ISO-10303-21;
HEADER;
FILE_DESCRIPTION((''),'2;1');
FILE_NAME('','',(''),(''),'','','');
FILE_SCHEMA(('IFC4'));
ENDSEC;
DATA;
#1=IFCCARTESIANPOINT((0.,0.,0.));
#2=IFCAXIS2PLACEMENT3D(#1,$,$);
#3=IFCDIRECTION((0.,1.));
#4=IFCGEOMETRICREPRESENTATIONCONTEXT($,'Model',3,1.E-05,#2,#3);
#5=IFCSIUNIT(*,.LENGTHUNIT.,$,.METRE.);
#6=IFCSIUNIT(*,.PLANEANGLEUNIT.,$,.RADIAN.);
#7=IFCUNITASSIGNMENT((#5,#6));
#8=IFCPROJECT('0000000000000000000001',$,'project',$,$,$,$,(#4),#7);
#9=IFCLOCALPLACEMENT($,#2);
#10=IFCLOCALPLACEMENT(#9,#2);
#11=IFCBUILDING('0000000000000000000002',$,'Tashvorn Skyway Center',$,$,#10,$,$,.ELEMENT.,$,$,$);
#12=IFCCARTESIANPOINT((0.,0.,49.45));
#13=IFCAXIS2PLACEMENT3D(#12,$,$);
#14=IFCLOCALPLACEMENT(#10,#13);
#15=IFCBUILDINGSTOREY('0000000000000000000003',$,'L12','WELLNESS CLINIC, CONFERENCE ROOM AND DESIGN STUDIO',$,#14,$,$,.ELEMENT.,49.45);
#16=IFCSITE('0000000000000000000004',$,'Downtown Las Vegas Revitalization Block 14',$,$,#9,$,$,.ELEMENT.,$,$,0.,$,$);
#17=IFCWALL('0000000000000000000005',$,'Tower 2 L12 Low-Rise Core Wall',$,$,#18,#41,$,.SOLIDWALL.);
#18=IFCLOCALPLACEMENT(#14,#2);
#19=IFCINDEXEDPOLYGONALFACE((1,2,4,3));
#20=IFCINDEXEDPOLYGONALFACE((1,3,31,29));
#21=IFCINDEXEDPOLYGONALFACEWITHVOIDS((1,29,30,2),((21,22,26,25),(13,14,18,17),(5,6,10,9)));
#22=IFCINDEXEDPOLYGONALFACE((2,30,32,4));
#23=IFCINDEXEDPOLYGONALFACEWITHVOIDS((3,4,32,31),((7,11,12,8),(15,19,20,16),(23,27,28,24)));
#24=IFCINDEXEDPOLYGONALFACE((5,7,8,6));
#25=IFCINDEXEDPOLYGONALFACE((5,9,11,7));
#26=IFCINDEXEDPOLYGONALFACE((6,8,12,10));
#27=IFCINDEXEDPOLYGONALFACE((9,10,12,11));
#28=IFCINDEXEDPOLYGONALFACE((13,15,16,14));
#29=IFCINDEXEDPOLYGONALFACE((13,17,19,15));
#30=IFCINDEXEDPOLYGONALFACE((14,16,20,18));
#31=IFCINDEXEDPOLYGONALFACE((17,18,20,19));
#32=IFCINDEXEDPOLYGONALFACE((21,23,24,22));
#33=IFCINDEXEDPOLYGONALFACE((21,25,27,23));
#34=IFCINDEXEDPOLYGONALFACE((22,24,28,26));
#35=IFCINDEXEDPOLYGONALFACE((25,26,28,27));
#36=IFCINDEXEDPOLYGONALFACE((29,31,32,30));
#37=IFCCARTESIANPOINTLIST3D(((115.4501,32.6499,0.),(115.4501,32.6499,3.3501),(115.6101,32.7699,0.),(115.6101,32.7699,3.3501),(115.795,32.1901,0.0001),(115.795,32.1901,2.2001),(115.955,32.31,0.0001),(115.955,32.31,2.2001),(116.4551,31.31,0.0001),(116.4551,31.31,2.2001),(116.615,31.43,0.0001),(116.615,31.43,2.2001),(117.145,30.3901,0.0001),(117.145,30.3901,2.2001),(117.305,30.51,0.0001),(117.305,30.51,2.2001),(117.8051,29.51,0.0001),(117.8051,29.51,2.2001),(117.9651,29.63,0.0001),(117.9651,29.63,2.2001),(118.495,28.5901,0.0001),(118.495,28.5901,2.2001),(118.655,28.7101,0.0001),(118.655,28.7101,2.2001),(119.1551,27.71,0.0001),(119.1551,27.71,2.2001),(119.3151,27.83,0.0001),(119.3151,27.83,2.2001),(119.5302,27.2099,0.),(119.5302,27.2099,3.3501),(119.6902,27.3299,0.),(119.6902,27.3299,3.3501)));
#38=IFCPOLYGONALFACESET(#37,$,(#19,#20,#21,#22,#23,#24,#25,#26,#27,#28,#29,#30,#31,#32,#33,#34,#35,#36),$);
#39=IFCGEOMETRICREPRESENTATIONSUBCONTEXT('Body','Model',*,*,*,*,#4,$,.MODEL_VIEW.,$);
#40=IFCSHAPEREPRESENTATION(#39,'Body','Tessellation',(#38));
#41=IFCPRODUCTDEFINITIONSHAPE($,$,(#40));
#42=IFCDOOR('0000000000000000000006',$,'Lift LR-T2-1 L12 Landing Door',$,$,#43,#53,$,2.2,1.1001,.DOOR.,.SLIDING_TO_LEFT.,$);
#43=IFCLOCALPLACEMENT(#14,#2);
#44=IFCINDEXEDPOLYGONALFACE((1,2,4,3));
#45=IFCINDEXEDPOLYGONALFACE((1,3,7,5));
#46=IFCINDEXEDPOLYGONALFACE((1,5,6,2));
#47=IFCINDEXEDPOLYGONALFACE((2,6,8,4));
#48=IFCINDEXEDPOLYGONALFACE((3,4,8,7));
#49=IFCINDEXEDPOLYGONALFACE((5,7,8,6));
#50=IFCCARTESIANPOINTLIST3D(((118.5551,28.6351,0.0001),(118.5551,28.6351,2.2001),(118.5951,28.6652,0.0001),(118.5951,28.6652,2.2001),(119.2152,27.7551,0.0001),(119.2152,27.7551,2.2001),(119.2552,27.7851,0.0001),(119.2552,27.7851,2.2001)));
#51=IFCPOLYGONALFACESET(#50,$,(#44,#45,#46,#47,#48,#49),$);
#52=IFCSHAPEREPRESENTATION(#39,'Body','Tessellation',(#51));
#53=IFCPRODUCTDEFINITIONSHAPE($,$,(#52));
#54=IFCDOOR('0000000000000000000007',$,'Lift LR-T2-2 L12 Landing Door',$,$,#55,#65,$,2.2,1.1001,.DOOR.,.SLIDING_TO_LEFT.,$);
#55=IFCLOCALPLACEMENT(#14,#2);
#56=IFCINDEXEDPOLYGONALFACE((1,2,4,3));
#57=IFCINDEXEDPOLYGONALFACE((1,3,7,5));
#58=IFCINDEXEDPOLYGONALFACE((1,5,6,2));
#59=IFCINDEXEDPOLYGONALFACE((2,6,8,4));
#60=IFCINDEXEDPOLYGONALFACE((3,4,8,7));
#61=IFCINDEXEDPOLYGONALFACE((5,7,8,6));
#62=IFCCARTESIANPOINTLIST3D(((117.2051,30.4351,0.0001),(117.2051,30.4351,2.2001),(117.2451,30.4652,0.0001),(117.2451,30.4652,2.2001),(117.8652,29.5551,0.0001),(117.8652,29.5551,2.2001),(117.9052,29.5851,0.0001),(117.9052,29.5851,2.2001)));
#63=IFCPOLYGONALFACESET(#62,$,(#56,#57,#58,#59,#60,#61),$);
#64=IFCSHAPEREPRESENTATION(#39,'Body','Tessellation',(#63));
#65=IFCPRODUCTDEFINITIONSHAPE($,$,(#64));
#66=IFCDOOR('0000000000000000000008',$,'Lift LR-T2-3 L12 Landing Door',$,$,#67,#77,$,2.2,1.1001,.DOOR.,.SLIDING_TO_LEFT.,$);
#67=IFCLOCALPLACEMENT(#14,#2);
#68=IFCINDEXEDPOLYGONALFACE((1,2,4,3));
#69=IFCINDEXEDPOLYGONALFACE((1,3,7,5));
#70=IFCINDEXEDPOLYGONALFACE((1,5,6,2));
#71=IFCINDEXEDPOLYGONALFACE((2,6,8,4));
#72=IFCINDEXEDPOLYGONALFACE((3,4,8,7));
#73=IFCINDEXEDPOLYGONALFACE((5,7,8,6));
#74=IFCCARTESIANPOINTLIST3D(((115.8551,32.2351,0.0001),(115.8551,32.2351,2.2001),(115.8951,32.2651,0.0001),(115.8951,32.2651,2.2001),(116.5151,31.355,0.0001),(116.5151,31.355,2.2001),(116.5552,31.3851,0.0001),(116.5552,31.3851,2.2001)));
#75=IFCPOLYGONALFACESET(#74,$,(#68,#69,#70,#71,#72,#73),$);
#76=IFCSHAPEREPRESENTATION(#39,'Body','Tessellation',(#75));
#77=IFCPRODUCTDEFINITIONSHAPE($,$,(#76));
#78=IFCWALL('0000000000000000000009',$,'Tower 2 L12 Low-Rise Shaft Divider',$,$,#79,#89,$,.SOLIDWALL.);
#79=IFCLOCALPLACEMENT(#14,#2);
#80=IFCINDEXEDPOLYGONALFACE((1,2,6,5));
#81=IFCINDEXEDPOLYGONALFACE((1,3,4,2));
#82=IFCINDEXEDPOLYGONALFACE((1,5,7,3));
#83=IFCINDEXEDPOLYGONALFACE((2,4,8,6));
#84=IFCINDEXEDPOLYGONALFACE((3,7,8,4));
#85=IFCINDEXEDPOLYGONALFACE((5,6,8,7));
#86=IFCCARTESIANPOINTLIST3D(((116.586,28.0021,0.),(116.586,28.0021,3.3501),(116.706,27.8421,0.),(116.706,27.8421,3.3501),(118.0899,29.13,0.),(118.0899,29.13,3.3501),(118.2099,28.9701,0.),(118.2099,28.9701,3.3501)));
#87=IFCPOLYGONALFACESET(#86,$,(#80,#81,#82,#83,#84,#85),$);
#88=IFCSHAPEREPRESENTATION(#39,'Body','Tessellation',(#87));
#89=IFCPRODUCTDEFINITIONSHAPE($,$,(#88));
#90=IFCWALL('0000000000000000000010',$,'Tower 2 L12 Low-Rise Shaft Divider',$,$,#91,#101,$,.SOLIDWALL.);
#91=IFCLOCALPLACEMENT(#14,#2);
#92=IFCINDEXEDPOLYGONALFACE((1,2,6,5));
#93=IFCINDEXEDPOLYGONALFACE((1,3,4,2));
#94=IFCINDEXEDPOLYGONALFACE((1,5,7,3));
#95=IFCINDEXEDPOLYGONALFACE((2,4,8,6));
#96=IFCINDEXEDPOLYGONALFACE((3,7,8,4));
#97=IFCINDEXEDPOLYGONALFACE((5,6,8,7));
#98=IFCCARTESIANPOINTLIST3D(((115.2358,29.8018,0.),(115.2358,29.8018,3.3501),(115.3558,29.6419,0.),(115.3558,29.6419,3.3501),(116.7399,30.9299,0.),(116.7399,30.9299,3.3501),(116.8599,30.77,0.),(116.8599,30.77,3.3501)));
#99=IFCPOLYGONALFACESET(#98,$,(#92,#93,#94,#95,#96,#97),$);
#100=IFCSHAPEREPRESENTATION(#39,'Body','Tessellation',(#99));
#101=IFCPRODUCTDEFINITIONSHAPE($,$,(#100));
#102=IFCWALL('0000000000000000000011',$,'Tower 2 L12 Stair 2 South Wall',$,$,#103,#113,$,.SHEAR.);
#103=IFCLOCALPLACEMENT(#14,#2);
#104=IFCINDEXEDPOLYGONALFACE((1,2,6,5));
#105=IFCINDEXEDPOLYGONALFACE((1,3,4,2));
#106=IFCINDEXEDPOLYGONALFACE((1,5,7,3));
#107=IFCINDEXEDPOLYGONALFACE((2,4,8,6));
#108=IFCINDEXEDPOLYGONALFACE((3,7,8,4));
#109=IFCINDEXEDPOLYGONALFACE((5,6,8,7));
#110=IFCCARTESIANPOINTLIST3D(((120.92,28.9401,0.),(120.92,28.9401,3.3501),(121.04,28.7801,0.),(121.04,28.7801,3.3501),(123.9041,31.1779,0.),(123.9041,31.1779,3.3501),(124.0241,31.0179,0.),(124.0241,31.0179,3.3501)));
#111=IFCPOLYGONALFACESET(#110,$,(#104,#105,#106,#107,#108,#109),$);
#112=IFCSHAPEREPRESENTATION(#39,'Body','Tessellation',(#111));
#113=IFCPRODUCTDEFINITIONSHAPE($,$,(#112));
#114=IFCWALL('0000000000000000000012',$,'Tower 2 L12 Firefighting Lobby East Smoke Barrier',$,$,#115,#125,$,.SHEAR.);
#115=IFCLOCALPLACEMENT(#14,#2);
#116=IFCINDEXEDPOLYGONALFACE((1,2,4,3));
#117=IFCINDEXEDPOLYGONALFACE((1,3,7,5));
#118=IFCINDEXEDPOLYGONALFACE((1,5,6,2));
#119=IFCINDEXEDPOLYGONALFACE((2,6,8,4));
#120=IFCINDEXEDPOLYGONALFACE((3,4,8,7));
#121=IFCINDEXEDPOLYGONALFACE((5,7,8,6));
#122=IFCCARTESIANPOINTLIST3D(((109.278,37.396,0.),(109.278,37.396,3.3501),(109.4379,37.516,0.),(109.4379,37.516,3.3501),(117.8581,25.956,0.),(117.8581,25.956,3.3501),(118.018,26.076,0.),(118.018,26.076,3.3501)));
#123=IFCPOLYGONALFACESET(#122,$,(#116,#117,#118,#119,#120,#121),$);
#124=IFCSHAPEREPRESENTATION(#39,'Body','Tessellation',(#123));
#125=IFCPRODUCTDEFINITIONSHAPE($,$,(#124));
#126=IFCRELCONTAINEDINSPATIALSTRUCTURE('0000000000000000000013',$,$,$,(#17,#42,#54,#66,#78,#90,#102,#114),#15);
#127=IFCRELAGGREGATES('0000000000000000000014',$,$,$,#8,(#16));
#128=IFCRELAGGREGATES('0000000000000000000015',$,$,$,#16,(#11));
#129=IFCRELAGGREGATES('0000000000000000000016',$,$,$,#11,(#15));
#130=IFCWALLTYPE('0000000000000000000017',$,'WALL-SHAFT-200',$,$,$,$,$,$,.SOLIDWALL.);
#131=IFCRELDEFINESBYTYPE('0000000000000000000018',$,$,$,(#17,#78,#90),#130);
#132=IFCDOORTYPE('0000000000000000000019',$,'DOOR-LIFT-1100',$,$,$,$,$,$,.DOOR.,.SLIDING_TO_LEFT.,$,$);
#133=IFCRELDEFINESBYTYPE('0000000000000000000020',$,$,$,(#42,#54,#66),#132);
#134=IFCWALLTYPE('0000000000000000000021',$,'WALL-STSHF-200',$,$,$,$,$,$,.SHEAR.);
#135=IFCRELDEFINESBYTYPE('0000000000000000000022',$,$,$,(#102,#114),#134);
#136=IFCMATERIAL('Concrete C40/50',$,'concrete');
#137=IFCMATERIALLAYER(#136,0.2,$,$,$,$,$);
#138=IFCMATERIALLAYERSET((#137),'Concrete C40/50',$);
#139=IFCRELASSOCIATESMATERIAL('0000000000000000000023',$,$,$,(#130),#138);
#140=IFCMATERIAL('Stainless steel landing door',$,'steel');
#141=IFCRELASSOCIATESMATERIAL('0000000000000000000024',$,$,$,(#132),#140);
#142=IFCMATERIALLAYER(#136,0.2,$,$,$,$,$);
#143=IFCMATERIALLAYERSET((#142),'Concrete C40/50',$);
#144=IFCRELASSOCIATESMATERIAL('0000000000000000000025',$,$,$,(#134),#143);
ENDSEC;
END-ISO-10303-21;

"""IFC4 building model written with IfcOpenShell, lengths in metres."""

from ifc_helpers import new_model, si_unit, direction, frame, frame_2d, origin, place, context, subcontext, project, spatial, rectangle, extrude, material, layer, layer_set, type_object, element, fill, save


model = new_model("IFC4")

# Units and contexts
model_context = context("Model", 3, precision=1e-05, world=origin(), true_north=direction((0.0, 1.0)))
body_context = subcontext(model_context, "Body", "Model", "MODEL_VIEW")
ifc_project = project(units=[si_unit("LENGTHUNIT", "METRE"), si_unit("PLANEANGLEUNIT", "RADIAN")], contexts=[model_context])

# Site, building, storey
site_placement = place(None, origin())
site = spatial("IfcSite", under=ifc_project, at=site_placement, Name="Downtown Las Vegas Revitalization Block 14", CompositionType="ELEMENT", RefElevation=0.0)
building_placement = place(site_placement, origin())
building = spatial("IfcBuilding", under=site, at=building_placement, Name="Tashvorn Skyway Center", CompositionType="ELEMENT")
storey_placement = place(building_placement, frame((0.0, 0.0, 49.45)))
storey = spatial("IfcBuildingStorey", under=building, at=storey_placement, Name="L12", Description="WELLNESS CLINIC, CONFERENCE ROOM AND DESIGN STUDIO", CompositionType="ELEMENT", Elevation=49.45)

# Shared definitions
ifc_material_1 = material(Name="Concrete C40/50", Category="concrete")

# Wall, openings, doors
ifc_layer_1 = layer(ifc_material_1, 0.2)
ifc_layer_set_1 = layer_set([ifc_layer_1], Name="Concrete C40/50")
wall_type_1 = type_object("IfcWallType", Name="WALL-SHAFT-200", PredefinedType="SOLIDWALL", material=ifc_layer_set_1)
wall_1_placement = place(storey_placement, frame((119.6101, 27.27, 0.0), z_axis=(0.0, 0.0, 1.0), x_axis=(-0.600011, 0.799991, 0.0)))
wall_1 = element("IfcWall", 1, at=wall_1_placement, inside=storey, type_object=wall_type_1, Name="Tower 2 L12 Low-Rise Core Wall", PredefinedType="SOLIDWALL", context=body_context, shape_type="SweptSolid", body=[
    extrude(rectangle(XDim=6.8, YDim=0.2, at=frame_2d((3.3999, 0.0))), origin(), (0.0, 0.0, 1.0), 3.3501),
])
opening_1_placement = place(wall_1_placement, frame((0.625, 0.0, 0.0)))
opening_1 = element("IfcOpeningElement", 2, at=opening_1_placement, cuts=wall_1, PredefinedType="OPENING", context=body_context, shape_type="SweptSolid", body=[
    extrude(rectangle(XDim=1.1001, YDim=2.2, at=frame_2d((0.55, 1.1001))), frame((0.0, 0.1099, 0.0), z_axis=(0.0, -1.0, 0.0), x_axis=(1.0, 0.0, 0.0)), (0.0, 0.0, 1.0), 0.22),
])
opening_2_placement = place(wall_1_placement, frame((2.875, 0.0, 0.0)))
opening_2 = element("IfcOpeningElement", 3, at=opening_2_placement, cuts=wall_1, PredefinedType="OPENING", context=body_context, shape_type="SweptSolid", body=[
    extrude(rectangle(XDim=1.1001, YDim=2.2, at=frame_2d((0.55, 1.1001))), frame((0.0, 0.1099, 0.0), z_axis=(0.0, -1.0, 0.0), x_axis=(1.0, 0.0, 0.0)), (0.0, 0.0, 1.0), 0.22),
])
opening_3_placement = place(wall_1_placement, frame((5.125, 0.0, 0.0)))
opening_3 = element("IfcOpeningElement", 4, at=opening_3_placement, cuts=wall_1, PredefinedType="OPENING", context=body_context, shape_type="SweptSolid", body=[
    extrude(rectangle(XDim=1.1001, YDim=2.2, at=frame_2d((0.55, 1.1001))), frame((0.0, 0.1099, 0.0), z_axis=(0.0, -1.0, 0.0), x_axis=(1.0, 0.0, 0.0)), (0.0, 0.0, 1.0), 0.22),
])
ifc_material_2 = material(Name="Stainless steel landing door", Category="steel")
door_type_1 = type_object("IfcDoorType", Name="DOOR-LIFT-1100", OperationType="SLIDING_TO_LEFT", PredefinedType="DOOR", material=ifc_material_2)
door_1_placement = place(opening_1_placement, origin())
door_1 = element("IfcDoor", 5, at=door_1_placement, inside=storey, type_object=door_type_1, Name="Lift LR-T2-1 L12 Landing Door", OperationType="SLIDING_TO_LEFT", OverallHeight=2.2, OverallWidth=1.1001, PredefinedType="DOOR", context=body_context, shape_type="SweptSolid", body=[
    extrude(rectangle(XDim=1.1001, YDim=2.2, at=frame_2d((0.55, 1.1001))), frame((0.0, 0.0249, 0.0), z_axis=(0.0, -1.0, 0.0), x_axis=(1.0, 0.0, 0.0)), (0.0, 0.0, 1.0), 0.05),
])
fill(opening_1, door_1)
door_2_placement = place(opening_2_placement, origin())
door_2 = element("IfcDoor", 6, at=door_2_placement, inside=storey, type_object=door_type_1, Name="Lift LR-T2-2 L12 Landing Door", OperationType="SLIDING_TO_LEFT", OverallHeight=2.2, OverallWidth=1.1001, PredefinedType="DOOR", context=body_context, shape_type="SweptSolid", body=[
    extrude(rectangle(XDim=1.1001, YDim=2.2, at=frame_2d((0.55, 1.1001))), frame((0.0, 0.0249, 0.0), z_axis=(0.0, -1.0, 0.0), x_axis=(1.0, 0.0, 0.0)), (0.0, 0.0, 1.0), 0.05),
])
fill(opening_2, door_2)
door_3_placement = place(opening_3_placement, origin())
door_3 = element("IfcDoor", 7, at=door_3_placement, inside=storey, type_object=door_type_1, Name="Lift LR-T2-3 L12 Landing Door", OperationType="SLIDING_TO_LEFT", OverallHeight=2.2, OverallWidth=1.1001, PredefinedType="DOOR", context=body_context, shape_type="SweptSolid", body=[
    extrude(rectangle(XDim=1.1001, YDim=2.2, at=frame_2d((0.55, 1.1001))), frame((0.0, 0.0249, 0.0), z_axis=(0.0, -1.0, 0.0), x_axis=(1.0, 0.0, 0.0)), (0.0, 0.0, 1.0), 0.05),
])
fill(opening_3, door_3)

# Walls
wall_2_placement = place(storey_placement, frame((116.646, 27.9221, 0.0), z_axis=(0.0, 0.0, 1.0), x_axis=(0.8, 0.6, 0.0)))
element("IfcWall", 8, at=wall_2_placement, inside=storey, type_object=wall_type_1, Name="Tower 2 L12 Low-Rise Shaft Divider", PredefinedType="SOLIDWALL", context=body_context, shape_type="SweptSolid", body=[
    extrude(rectangle(XDim=1.8799, YDim=0.2, at=frame_2d((0.9399, 0.0))), origin(), (0.0, 0.0, 1.0), 3.3501),
])
wall_3_placement = place(storey_placement, frame((115.2959, 29.7219, 0.0), z_axis=(0.0, 0.0, 1.0), x_axis=(0.799984, 0.600021, 0.0)))
element("IfcWall", 9, at=wall_3_placement, inside=storey, type_object=wall_type_1, Name="Tower 2 L12 Low-Rise Shaft Divider", PredefinedType="SOLIDWALL", context=body_context, shape_type="SweptSolid", body=[
    extrude(rectangle(XDim=1.8801, YDim=0.2, at=frame_2d((0.9399, 0.0))), origin(), (0.0, 0.0, 1.0), 3.3501),
])
ifc_layer_2 = layer(ifc_material_1, 0.2)
ifc_layer_set_2 = layer_set([ifc_layer_2], Name="Concrete C40/50")
wall_type_2 = type_object("IfcWallType", Name="WALL-STSHF-200", PredefinedType="SHEAR", material=ifc_layer_set_2)
wall_4_placement = place(storey_placement, frame((120.98, 28.8601, 0.0), z_axis=(0.0, 0.0, 1.0), x_axis=(0.800039, 0.599948, 0.0)))
element("IfcWall", 10, at=wall_4_placement, inside=storey, type_object=wall_type_2, Name="Tower 2 L12 Stair 2 South Wall", PredefinedType="SHEAR", context=body_context, shape_type="SweptSolid", body=[
    extrude(rectangle(XDim=3.73, YDim=0.2, at=frame_2d((1.865, 0.0))), origin(), (0.0, 0.0, 1.0), 3.3501),
])
wall_5_placement = place(storey_placement, frame((117.938, 26.0161, 0.0), z_axis=(0.0, 0.0, 1.0), x_axis=(-0.600005, 0.799996, 0.0)))
element("IfcWall", 11, at=wall_5_placement, inside=storey, type_object=wall_type_2, Name="Tower 2 L12 Firefighting Lobby East Smoke Barrier", PredefinedType="SHEAR", context=body_context, shape_type="SweptSolid", body=[
    extrude(rectangle(XDim=14.3, YDim=0.2, at=frame_2d((7.1499, 0.0))), origin(), (0.0, 0.0, 1.0), 3.3501),
])

save(model, "model.ifc")
